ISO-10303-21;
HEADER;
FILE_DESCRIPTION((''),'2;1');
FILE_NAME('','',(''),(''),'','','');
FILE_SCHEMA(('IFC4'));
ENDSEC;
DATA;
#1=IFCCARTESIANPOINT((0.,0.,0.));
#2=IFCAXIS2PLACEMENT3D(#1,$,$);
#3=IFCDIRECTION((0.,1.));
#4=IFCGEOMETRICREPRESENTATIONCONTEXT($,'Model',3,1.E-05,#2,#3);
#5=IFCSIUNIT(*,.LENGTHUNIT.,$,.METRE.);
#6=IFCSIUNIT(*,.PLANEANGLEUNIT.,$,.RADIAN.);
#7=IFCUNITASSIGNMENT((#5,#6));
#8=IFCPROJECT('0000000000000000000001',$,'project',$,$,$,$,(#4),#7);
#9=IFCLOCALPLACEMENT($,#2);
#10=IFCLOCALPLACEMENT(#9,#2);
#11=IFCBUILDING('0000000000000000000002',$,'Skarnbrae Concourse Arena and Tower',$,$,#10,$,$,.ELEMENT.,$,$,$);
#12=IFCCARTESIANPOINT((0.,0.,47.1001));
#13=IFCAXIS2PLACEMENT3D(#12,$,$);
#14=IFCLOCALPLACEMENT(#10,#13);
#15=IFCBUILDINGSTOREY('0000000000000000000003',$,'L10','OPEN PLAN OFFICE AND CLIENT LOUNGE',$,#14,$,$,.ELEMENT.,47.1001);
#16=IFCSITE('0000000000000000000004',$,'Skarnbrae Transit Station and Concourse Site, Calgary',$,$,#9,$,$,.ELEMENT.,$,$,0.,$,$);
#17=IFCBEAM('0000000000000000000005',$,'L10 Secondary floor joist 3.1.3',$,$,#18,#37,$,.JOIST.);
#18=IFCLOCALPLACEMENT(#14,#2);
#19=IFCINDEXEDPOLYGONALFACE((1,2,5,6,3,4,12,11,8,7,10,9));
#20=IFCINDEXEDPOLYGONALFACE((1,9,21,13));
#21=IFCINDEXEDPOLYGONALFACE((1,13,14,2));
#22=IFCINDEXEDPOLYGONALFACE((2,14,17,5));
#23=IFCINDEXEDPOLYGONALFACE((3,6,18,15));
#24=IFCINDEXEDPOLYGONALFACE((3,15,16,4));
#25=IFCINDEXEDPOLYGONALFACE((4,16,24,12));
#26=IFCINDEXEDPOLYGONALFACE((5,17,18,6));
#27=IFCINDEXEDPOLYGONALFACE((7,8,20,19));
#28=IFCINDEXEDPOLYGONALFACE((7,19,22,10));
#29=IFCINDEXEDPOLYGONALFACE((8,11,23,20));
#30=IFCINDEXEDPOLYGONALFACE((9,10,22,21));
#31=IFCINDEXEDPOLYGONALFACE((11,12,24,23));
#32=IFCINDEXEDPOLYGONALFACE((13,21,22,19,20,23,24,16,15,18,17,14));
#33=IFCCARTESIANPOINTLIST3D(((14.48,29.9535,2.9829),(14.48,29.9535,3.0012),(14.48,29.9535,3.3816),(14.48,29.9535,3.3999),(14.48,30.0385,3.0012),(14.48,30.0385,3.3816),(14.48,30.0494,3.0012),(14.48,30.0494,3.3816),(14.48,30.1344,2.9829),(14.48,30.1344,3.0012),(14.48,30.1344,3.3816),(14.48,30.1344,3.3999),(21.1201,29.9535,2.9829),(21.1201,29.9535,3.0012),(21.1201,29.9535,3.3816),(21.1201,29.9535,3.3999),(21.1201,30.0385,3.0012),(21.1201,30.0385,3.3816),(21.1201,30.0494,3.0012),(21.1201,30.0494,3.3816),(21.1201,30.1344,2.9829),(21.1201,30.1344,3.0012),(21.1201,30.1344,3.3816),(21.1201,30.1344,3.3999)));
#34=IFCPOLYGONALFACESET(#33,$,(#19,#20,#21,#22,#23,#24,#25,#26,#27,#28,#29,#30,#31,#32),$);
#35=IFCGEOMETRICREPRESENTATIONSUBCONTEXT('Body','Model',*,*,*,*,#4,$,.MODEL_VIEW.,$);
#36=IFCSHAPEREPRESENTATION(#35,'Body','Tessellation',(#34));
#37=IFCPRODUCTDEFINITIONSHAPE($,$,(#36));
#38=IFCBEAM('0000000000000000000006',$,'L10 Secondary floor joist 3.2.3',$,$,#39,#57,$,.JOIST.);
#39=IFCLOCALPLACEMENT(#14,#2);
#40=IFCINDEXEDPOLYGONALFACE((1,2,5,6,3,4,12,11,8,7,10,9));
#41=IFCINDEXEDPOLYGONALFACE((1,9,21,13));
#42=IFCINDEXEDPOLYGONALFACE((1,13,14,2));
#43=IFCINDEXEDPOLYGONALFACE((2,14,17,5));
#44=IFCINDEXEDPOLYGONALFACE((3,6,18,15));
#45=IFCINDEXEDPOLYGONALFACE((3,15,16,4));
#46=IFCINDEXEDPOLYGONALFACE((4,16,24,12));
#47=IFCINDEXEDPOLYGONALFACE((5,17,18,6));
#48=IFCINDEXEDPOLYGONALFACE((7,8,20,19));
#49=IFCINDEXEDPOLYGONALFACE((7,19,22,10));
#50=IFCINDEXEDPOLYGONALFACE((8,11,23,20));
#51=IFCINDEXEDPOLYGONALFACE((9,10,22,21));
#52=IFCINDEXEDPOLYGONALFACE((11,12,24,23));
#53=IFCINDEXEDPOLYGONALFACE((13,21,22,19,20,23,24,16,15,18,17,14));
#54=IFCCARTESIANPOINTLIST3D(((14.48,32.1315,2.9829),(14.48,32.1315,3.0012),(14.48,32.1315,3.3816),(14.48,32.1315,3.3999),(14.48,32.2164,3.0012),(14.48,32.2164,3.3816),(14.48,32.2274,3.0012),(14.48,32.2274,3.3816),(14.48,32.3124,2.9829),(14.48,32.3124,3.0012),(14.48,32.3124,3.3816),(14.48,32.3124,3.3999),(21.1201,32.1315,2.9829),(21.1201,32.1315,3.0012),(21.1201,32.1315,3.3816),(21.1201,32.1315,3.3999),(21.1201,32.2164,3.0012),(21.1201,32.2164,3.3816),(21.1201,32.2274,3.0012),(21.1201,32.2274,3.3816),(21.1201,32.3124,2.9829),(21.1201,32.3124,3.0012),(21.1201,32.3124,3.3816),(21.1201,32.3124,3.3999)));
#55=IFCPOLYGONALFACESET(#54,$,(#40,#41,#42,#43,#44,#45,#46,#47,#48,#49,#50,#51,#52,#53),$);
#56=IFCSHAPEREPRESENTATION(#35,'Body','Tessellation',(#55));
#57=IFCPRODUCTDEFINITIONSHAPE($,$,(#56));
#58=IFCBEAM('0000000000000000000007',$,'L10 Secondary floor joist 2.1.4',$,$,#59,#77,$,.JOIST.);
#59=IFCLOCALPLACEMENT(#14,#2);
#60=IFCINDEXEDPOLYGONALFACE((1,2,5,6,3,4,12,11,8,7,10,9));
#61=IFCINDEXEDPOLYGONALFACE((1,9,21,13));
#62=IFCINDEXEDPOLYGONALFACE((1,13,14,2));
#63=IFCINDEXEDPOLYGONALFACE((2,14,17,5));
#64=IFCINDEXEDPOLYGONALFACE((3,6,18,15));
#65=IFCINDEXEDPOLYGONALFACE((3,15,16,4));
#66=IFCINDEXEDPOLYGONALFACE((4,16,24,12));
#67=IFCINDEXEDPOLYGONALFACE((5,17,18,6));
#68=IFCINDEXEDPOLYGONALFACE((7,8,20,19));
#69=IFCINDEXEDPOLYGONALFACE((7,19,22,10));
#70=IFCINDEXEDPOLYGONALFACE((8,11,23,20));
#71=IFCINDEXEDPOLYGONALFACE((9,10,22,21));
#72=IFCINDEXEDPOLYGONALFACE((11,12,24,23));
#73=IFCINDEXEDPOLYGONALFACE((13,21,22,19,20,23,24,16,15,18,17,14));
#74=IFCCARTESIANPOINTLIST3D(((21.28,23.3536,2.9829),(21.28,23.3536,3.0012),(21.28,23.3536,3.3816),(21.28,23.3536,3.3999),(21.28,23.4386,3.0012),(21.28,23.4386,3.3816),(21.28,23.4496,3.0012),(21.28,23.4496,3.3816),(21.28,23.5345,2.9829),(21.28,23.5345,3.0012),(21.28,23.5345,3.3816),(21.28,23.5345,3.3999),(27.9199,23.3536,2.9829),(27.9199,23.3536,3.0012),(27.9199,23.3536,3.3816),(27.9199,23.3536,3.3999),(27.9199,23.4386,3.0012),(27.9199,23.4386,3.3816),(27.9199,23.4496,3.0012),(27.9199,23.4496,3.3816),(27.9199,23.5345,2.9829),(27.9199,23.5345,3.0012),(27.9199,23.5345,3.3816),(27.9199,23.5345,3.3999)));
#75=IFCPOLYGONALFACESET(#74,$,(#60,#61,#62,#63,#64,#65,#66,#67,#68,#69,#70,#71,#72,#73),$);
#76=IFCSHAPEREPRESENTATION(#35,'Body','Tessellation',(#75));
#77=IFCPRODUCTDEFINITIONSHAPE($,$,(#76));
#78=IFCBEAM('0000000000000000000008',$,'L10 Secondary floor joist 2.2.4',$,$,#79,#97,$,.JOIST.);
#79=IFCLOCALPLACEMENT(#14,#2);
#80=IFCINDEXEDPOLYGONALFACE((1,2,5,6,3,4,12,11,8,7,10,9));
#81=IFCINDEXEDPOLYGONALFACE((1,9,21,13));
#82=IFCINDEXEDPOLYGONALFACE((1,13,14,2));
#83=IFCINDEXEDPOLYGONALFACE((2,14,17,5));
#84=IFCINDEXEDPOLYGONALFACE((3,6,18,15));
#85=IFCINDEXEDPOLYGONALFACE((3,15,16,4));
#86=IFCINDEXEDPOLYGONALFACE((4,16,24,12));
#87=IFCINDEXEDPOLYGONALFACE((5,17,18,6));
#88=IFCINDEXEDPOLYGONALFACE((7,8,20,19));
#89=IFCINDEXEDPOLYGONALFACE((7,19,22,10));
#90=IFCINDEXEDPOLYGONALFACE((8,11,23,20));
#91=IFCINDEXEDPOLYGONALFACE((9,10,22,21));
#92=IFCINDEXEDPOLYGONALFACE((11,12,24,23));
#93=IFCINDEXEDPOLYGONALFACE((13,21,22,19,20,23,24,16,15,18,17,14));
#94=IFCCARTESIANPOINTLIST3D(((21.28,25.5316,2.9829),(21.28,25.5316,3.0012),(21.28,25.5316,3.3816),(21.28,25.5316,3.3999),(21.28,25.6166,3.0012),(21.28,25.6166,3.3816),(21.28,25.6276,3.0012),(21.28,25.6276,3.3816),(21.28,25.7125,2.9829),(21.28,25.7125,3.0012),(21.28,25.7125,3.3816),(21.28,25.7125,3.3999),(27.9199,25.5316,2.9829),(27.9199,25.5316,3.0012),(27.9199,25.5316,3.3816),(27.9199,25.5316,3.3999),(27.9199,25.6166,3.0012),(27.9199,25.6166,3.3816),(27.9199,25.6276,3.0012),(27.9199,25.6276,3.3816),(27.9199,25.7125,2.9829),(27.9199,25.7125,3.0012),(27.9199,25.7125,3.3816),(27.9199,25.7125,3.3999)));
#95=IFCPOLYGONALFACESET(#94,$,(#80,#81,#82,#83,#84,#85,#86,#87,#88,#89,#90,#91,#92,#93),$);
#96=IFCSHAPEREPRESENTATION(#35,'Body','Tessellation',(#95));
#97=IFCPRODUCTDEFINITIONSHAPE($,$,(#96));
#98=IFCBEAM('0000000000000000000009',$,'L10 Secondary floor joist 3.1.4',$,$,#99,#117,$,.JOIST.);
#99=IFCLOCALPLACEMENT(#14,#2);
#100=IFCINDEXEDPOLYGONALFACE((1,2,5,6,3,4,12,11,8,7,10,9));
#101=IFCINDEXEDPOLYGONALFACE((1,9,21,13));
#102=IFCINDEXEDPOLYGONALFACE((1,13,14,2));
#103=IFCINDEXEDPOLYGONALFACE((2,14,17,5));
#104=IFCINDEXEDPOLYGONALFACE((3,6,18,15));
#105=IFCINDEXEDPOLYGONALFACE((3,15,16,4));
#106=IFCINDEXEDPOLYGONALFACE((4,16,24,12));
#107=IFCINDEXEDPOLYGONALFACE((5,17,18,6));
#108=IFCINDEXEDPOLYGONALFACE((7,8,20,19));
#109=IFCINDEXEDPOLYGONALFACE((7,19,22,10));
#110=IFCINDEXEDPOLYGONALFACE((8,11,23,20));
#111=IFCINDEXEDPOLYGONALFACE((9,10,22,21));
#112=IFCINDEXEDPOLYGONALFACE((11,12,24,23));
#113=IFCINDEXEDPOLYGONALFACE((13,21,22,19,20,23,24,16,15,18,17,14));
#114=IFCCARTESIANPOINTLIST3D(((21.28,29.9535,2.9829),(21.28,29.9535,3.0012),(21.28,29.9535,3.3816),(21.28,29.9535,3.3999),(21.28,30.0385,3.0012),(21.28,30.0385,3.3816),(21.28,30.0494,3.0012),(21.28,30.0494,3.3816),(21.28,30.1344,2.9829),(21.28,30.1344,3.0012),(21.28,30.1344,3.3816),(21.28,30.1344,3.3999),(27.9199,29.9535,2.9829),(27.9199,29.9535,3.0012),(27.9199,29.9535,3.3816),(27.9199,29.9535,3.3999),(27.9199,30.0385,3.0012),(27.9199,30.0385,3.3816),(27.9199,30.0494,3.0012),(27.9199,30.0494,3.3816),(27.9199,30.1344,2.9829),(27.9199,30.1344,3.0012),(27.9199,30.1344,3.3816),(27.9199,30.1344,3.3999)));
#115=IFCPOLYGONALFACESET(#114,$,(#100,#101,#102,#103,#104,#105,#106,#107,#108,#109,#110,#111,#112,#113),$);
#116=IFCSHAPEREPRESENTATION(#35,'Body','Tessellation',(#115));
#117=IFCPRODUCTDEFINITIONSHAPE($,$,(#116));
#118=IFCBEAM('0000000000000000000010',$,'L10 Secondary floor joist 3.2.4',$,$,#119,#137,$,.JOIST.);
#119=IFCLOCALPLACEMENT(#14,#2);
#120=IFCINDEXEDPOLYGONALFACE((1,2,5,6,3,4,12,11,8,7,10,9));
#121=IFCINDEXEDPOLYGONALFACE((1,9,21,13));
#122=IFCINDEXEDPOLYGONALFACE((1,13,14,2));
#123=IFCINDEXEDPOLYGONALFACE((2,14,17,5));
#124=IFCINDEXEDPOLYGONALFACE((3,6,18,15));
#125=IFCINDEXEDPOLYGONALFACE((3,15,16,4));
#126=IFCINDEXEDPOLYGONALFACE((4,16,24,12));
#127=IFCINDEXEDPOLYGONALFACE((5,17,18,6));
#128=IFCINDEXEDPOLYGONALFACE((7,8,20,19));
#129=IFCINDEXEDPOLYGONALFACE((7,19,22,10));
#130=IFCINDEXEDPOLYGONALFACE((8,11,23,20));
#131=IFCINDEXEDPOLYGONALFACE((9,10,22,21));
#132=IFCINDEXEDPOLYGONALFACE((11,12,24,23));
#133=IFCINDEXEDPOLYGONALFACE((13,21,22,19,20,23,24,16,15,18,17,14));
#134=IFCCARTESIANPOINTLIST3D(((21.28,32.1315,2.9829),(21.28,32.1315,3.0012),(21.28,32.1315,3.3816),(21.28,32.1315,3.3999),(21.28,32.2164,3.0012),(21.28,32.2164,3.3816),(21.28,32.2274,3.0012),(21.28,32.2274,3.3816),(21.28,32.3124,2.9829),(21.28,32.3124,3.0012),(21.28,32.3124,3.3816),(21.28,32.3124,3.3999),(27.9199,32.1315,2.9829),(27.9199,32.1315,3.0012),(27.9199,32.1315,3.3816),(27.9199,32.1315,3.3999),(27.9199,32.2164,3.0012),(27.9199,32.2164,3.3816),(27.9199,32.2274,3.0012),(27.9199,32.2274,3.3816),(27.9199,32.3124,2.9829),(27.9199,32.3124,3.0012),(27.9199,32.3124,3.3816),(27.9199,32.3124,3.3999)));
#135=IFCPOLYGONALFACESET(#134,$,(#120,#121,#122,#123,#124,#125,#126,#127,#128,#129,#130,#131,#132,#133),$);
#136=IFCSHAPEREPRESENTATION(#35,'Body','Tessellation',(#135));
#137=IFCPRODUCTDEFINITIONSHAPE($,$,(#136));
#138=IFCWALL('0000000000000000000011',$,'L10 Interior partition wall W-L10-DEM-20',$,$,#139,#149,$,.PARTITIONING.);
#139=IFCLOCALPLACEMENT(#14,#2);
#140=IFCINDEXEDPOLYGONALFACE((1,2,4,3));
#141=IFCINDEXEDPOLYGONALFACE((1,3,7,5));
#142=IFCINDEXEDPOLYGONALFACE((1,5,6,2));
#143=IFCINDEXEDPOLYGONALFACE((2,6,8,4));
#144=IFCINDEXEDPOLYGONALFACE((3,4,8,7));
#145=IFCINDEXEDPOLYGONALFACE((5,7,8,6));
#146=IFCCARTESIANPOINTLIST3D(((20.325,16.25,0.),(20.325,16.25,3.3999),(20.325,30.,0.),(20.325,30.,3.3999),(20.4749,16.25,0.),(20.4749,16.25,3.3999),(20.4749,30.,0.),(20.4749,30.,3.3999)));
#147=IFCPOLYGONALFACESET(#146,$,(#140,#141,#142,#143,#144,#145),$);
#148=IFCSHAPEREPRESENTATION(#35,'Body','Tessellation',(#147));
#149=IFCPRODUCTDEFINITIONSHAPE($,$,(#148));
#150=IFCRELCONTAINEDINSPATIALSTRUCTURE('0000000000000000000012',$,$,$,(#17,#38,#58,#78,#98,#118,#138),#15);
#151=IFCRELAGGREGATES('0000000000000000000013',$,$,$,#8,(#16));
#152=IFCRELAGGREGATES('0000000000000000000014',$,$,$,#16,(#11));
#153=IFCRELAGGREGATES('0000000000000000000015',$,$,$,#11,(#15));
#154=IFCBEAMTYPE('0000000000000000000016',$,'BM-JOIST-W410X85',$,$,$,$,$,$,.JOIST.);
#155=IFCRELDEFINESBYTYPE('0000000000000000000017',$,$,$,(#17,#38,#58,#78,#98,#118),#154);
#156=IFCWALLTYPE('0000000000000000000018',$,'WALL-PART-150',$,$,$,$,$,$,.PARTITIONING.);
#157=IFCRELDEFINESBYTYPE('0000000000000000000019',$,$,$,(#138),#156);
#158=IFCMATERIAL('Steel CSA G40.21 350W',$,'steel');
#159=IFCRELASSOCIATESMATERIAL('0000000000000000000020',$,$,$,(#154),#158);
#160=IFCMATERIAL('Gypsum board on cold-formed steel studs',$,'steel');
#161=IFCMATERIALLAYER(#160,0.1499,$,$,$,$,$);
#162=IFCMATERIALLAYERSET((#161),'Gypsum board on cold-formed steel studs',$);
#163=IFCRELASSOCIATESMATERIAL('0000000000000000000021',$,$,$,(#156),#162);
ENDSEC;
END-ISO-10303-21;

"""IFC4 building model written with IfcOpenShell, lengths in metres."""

from ifc_helpers import new_model, si_unit, direction, frame, frame_2d, origin, origin_2d, place, context, subcontext, project, spatial, rectangle, i_section, extrude, source, transform, mapped, material, layer, layer_set, material_profile, profile_set, type_object, element, save


model = new_model("IFC4")

# Units and contexts
model_context = context("Model", 3, precision=1e-05, world=origin(), true_north=direction((0.0, 1.0)))
body_context = subcontext(model_context, "Body", "Model", "MODEL_VIEW")
ifc_project = project(units=[si_unit("LENGTHUNIT", "METRE"), si_unit("PLANEANGLEUNIT", "RADIAN")], contexts=[model_context])

# Site, building, storey
site_placement = place(None, origin())
site = spatial("IfcSite", under=ifc_project, at=site_placement, Name="Skarnbrae Transit Station and Concourse Site, Calgary", CompositionType="ELEMENT", RefElevation=0.0)
building_placement = place(site_placement, origin())
building = spatial("IfcBuilding", under=site, at=building_placement, Name="Skarnbrae Concourse Arena and Tower", CompositionType="ELEMENT")
storey_placement = place(building_placement, frame((0.0, 0.0, 47.1001)))
storey = spatial("IfcBuildingStorey", under=building, at=storey_placement, Name="L10", Description="OPEN PLAN OFFICE AND CLIENT LOUNGE", CompositionType="ELEMENT", Elevation=47.1001)

# Shared definitions
ifc_material_1 = material(Name="Steel CSA G40.21 350W", Category="steel")

# Beams
ifc_material_profile_1 = material_profile(ifc_material_1, i_section(OverallWidth=0.1809, OverallDepth=0.417, WebThickness=0.011, FlangeThickness=0.0183, at=origin_2d()), Name="W410X85")
ifc_profile_set_1 = profile_set([ifc_material_profile_1], Name="Steel CSA G40.21 350W")
beam_type_1 = type_object("IfcBeamType", Name="BM-JOIST-W410X85", PredefinedType="JOIST", material=ifc_profile_set_1)
shared_shape_1 = source(origin(), body_context, "Body", "SweptSolid", [
    extrude(i_section(OverallWidth=0.1809, OverallDepth=0.417, WebThickness=0.011, FlangeThickness=0.0183, at=origin_2d()), origin(), (0.0, 0.0, 1.0), 6.6401),
])
for number, where, z_axis, x_axis, name in (
    (1, (14.48, 30.0439, 3.1914), (1.0, 0.0, 0.0), (0.0, 1.0, 0.0), "L10 Secondary floor joist 3.1.3"),
    (2, (14.48, 32.2219, 3.1914), (1.0, 0.0, 0.0), (0.0, 1.0, 0.0), "L10 Secondary floor joist 3.2.3"),
):
    element("IfcBeam", number, at=place(storey_placement, frame(where, z_axis=z_axis, x_axis=x_axis)), inside=storey, type_object=beam_type_1, Name=name, PredefinedType="JOIST", context=body_context, shape_type="MappedRepresentation", body=[
        mapped(shared_shape_1, transform((0.0, 0.0, 0.0))),
    ])
shared_shape_2 = source(origin(), body_context, "Body", "SweptSolid", [
    extrude(i_section(OverallWidth=0.1809, OverallDepth=0.417, WebThickness=0.011, FlangeThickness=0.0183, at=origin_2d()), origin(), (0.0, 0.0, 1.0), 6.6399),
])
for number, where, z_axis, x_axis, name in (
    (3, (21.28, 23.4441, 3.1914), (1.0, 0.0, 0.0), (0.0, 1.0, 0.0), "L10 Secondary floor joist 2.1.4"),
    (4, (21.28, 25.6221, 3.1914), (1.0, 0.0, 0.0), (0.0, 1.0, 0.0), "L10 Secondary floor joist 2.2.4"),
    (5, (21.28, 30.0439, 3.1914), (1.0, 0.0, 0.0), (0.0, 1.0, 0.0), "L10 Secondary floor joist 3.1.4"),
    (6, (21.28, 32.2219, 3.1914), (1.0, 0.0, 0.0), (0.0, 1.0, 0.0), "L10 Secondary floor joist 3.2.4"),
):
    element("IfcBeam", number, at=place(storey_placement, frame(where, z_axis=z_axis, x_axis=x_axis)), inside=storey, type_object=beam_type_1, Name=name, PredefinedType="JOIST", context=body_context, shape_type="MappedRepresentation", body=[
        mapped(shared_shape_2, transform((0.0, 0.0, 0.0))),
    ])

# Wall
ifc_material_2 = material(Name="Gypsum board on cold-formed steel studs", Category="steel")
ifc_layer = layer(ifc_material_2, 0.1499)
ifc_layer_set = layer_set([ifc_layer], Name="Gypsum board on cold-formed steel studs")
wall_type = type_object("IfcWallType", Name="WALL-PART-150", PredefinedType="PARTITIONING", material=ifc_layer_set)
shared_shape_3 = source(origin(), body_context, "Body", "SweptSolid", [
    extrude(rectangle(XDim=13.75, YDim=0.1499, at=frame_2d((6.875, 0.0))), origin(), (0.0, 0.0, 1.0), 3.3999),
])
wall_placement = place(storey_placement, frame((20.3999, 30.0, 0.0), z_axis=(0.0, 0.0, 1.0), x_axis=(0.0, -1.0, 0.0)))
element("IfcWall", 7, at=wall_placement, inside=storey, type_object=wall_type, Name="L10 Interior partition wall W-L10-DEM-20", PredefinedType="PARTITIONING", context=body_context, shape_type="MappedRepresentation", body=[
    mapped(shared_shape_3, transform((0.0, 0.0, 0.0))),
])

save(model, "model.ifc")
